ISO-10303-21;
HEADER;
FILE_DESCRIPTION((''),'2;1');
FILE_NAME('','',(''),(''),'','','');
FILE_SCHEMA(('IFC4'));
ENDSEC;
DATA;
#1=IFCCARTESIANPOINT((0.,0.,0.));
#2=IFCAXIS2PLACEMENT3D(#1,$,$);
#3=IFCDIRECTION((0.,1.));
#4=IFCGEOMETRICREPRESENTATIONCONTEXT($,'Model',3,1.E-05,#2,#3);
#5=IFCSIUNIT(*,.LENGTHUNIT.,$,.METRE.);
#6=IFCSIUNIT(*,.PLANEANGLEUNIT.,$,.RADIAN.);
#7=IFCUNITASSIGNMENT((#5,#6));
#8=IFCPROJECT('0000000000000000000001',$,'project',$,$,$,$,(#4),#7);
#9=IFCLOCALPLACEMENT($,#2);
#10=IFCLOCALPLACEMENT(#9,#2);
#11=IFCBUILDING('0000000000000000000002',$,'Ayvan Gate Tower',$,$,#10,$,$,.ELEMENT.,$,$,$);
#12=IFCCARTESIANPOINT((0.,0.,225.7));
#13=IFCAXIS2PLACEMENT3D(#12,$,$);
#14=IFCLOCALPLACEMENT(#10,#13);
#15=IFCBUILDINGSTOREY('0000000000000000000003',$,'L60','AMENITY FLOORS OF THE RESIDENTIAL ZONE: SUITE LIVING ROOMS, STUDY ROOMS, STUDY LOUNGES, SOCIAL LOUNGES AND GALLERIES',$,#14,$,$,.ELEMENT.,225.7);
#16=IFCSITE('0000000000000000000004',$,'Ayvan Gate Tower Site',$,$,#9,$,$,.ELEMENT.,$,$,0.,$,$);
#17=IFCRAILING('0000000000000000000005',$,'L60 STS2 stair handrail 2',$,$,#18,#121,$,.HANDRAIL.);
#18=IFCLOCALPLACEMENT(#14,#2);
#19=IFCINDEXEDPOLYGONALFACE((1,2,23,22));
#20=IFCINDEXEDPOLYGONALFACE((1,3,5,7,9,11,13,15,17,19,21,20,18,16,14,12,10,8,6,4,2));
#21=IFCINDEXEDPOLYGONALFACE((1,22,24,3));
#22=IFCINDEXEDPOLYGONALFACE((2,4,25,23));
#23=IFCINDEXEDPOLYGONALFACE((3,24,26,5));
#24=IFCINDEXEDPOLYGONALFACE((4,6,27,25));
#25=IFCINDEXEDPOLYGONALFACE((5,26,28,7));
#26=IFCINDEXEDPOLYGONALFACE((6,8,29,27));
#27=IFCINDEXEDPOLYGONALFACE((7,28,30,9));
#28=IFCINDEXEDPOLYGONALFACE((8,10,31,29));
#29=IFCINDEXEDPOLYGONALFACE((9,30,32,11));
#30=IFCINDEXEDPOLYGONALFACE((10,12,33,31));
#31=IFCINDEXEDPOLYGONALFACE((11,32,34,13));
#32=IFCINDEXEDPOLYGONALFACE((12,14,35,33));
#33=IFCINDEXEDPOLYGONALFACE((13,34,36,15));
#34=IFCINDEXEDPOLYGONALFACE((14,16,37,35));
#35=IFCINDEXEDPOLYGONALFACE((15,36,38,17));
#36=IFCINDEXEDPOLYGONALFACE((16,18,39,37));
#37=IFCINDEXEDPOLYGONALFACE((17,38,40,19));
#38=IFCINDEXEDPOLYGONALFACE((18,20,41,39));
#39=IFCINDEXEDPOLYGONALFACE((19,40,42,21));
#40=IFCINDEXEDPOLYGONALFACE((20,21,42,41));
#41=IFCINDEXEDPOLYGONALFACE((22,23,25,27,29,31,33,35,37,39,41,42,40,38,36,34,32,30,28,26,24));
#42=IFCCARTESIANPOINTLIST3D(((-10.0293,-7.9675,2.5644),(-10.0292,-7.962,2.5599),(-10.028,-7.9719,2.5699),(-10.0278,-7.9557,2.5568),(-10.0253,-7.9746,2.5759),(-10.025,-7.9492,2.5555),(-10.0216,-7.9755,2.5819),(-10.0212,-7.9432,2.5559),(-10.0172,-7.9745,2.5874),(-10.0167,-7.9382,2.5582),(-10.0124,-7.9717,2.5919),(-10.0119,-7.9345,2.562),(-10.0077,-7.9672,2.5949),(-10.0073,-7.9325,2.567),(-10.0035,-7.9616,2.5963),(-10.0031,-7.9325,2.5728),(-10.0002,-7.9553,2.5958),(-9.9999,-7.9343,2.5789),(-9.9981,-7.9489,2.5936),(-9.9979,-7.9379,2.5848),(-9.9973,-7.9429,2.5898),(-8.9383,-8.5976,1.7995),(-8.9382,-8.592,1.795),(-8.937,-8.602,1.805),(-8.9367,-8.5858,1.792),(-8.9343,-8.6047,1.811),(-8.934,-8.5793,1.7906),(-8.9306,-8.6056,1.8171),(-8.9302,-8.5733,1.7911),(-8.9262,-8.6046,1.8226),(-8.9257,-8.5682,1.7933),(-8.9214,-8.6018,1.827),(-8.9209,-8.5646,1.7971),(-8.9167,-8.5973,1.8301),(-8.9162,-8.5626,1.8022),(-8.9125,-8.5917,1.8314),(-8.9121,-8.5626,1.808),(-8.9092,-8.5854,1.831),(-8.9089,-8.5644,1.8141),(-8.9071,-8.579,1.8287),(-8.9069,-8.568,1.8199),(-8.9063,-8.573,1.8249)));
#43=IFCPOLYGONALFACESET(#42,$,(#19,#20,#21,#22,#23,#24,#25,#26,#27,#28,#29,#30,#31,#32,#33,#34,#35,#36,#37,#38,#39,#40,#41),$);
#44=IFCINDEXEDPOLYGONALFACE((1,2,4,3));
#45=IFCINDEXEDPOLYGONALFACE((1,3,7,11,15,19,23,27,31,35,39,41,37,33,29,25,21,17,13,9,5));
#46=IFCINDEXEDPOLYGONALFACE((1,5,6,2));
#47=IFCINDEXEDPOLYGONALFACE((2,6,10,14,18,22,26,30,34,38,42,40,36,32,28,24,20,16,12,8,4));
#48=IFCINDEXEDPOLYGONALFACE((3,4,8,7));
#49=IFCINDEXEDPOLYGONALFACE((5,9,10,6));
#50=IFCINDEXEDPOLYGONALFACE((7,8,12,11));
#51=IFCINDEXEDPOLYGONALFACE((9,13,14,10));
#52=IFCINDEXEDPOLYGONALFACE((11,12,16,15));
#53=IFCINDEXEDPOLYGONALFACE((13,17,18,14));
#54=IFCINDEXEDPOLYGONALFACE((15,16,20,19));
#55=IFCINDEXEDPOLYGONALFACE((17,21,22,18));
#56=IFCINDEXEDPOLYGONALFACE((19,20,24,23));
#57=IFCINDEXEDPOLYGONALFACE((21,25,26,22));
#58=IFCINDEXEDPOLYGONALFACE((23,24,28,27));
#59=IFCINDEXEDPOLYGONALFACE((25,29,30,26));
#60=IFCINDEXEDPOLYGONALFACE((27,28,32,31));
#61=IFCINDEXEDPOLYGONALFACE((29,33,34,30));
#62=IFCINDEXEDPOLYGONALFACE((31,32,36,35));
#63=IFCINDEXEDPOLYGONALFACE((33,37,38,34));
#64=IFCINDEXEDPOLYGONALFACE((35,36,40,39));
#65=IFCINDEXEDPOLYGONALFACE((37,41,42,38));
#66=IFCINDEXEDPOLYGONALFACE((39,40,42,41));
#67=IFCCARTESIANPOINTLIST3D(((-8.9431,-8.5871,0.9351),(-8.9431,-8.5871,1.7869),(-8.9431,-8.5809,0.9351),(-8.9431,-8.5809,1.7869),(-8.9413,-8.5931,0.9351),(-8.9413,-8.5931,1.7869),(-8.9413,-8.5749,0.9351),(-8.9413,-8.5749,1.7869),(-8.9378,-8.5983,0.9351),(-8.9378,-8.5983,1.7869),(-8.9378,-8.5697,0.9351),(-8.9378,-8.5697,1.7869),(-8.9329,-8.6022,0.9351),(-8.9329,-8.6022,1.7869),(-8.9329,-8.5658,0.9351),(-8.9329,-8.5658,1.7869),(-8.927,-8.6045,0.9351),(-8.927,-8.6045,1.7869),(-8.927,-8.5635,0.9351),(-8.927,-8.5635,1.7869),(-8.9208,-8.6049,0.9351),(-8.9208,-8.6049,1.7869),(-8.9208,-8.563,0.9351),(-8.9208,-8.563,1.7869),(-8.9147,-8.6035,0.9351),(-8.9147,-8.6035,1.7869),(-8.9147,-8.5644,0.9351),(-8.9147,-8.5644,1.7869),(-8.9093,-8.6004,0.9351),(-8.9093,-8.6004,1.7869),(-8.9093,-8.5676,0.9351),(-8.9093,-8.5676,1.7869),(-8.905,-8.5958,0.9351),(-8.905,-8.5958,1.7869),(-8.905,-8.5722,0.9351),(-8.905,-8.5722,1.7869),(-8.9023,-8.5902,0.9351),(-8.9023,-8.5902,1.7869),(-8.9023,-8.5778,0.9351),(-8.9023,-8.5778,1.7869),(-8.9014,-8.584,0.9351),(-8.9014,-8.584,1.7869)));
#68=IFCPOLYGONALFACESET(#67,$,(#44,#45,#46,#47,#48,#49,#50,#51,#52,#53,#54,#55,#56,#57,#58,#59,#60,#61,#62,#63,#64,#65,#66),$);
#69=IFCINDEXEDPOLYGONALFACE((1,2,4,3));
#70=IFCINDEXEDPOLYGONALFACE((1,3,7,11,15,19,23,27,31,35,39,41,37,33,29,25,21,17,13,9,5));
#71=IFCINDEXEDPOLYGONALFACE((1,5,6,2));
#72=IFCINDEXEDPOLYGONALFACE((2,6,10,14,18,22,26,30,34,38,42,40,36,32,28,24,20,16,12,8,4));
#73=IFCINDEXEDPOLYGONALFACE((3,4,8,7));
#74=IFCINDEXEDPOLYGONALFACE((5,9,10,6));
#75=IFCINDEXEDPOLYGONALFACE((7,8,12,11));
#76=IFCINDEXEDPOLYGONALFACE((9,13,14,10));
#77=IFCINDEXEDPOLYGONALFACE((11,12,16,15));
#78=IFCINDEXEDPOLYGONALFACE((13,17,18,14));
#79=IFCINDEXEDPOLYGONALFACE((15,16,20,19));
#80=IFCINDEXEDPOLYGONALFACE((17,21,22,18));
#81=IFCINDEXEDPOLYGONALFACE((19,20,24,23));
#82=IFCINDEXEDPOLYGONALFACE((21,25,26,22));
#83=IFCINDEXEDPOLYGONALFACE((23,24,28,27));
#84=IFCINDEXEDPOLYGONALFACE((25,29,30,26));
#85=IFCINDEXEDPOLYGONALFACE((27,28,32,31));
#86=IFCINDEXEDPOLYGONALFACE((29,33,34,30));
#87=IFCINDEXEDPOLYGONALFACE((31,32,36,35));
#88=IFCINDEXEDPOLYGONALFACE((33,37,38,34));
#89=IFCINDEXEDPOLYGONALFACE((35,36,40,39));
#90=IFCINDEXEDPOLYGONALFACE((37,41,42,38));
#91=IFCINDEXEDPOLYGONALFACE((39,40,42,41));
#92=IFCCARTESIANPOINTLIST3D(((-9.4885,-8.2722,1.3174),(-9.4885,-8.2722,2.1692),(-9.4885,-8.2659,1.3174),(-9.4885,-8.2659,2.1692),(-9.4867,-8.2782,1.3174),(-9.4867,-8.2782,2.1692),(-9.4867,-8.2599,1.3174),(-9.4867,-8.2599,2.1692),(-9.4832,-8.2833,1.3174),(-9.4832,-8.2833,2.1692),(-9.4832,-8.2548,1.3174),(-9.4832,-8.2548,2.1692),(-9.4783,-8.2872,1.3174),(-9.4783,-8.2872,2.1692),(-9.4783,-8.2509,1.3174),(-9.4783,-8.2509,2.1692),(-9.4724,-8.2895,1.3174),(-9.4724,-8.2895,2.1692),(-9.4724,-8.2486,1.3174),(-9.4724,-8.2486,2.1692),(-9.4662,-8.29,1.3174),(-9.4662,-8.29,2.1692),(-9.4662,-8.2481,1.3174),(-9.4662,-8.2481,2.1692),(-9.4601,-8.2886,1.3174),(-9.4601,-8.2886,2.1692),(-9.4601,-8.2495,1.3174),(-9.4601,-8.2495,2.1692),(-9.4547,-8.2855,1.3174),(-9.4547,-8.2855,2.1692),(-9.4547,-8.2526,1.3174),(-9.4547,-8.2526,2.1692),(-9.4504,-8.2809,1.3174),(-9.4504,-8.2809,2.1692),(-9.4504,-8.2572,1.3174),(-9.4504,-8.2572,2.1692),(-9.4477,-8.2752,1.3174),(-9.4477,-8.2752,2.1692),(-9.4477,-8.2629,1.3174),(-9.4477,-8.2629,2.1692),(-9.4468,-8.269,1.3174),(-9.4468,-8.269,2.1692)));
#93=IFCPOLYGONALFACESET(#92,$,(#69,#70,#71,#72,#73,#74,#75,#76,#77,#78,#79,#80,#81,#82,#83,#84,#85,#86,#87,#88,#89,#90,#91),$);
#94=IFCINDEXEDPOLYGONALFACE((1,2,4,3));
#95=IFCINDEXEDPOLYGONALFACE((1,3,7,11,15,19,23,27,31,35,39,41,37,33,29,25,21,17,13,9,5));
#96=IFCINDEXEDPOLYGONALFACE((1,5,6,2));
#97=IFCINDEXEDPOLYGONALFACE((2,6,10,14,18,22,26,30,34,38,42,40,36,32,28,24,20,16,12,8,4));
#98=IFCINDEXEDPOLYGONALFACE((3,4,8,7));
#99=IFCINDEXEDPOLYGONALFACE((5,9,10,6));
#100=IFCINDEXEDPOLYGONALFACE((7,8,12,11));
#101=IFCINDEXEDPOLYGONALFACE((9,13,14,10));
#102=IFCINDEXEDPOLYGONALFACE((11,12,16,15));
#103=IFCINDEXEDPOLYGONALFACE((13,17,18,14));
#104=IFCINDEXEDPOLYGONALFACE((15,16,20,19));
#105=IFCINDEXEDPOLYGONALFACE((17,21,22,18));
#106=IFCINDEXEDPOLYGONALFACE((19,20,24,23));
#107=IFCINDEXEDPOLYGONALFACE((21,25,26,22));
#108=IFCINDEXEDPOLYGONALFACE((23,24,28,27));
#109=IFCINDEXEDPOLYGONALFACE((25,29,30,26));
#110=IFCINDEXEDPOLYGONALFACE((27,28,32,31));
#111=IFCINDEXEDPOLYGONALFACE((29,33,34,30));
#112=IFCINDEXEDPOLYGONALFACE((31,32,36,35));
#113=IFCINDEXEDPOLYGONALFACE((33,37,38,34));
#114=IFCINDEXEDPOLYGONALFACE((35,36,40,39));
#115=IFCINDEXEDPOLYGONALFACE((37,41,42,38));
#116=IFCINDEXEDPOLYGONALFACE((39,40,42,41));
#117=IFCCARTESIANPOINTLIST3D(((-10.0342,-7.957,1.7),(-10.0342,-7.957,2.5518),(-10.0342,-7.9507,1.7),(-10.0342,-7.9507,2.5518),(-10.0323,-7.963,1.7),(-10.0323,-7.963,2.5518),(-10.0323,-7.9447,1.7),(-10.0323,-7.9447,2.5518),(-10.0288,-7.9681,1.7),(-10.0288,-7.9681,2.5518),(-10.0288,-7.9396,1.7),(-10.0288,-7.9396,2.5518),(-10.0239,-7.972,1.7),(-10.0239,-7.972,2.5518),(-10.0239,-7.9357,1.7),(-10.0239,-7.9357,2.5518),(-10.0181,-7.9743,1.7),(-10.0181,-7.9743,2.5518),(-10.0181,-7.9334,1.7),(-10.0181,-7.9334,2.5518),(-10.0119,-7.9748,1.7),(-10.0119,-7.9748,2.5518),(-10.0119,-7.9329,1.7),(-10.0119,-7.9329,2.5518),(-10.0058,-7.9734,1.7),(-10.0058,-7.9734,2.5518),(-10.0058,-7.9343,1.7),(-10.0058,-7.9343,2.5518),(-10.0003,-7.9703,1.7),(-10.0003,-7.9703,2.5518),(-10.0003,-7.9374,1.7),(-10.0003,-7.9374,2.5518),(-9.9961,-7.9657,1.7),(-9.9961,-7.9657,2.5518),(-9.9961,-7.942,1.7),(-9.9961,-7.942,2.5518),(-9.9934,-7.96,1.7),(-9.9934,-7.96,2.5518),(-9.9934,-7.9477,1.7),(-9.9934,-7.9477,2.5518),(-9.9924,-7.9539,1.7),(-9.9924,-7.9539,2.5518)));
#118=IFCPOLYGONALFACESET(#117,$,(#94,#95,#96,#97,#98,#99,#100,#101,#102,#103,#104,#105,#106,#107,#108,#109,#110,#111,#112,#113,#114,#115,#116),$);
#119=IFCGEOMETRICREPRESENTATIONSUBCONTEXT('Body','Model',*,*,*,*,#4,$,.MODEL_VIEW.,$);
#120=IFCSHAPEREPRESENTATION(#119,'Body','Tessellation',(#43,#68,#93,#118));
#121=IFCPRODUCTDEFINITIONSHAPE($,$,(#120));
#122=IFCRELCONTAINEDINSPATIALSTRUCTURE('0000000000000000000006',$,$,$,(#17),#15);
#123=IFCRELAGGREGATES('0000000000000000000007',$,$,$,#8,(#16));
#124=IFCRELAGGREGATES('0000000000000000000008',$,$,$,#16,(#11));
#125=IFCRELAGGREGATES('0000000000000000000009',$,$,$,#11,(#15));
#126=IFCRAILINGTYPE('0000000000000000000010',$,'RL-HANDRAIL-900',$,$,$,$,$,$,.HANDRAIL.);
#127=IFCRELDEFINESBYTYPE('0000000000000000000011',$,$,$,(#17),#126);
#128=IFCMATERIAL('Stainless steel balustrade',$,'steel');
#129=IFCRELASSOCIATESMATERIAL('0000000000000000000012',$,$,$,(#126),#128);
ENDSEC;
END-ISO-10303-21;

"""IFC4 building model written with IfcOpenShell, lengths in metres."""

from ifc_helpers import new_model, si_unit, direction, frame, origin, origin_2d, place, context, subcontext, project, spatial, circle, extrude, material, type_object, element, save


model = new_model("IFC4")

# Units and contexts
model_context = context("Model", 3, precision=1e-05, world=origin(), true_north=direction((0.0, 1.0)))
body_context = subcontext(model_context, "Body", "Model", "MODEL_VIEW")
ifc_project = project(units=[si_unit("LENGTHUNIT", "METRE"), si_unit("PLANEANGLEUNIT", "RADIAN")], contexts=[model_context])

# Site, building, storey
site_placement = place(None, origin())
site = spatial("IfcSite", under=ifc_project, at=site_placement, Name="Ayvan Gate Tower Site", CompositionType="ELEMENT", RefElevation=0.0)
building_placement = place(site_placement, origin())
building = spatial("IfcBuilding", under=site, at=building_placement, Name="Ayvan Gate Tower", CompositionType="ELEMENT")
storey_placement = place(building_placement, frame((0.0, 0.0, 225.7)))
storey = spatial("IfcBuildingStorey", under=building, at=storey_placement, Name="L60", Description="AMENITY FLOORS OF THE RESIDENTIAL ZONE: SUITE LIVING ROOMS, STUDY ROOMS, STUDY LOUNGES, SOCIAL LOUNGES AND GALLERIES", CompositionType="ELEMENT", Elevation=225.7)

# Railing
ifc_material_1 = material(Name="Stainless steel balustrade", Category="steel")
railing_type_1 = type_object("IfcRailingType", Name="RL-HANDRAIL-900", PredefinedType="HANDRAIL", material=ifc_material_1)
railing_1_placement = place(storey_placement, frame((-8.9224, -8.584, 0.9351)))
element("IfcRailing", 1, at=railing_1_placement, inside=storey, type_object=railing_type_1, Name="L60 STS2 stair handrail 2", PredefinedType="HANDRAIL", context=body_context, shape_type="SweptSolid", body=[
    extrude(circle(Radius=0.0239, at=origin_2d()), frame((0.0, 0.0, 0.876), z_axis=(-0.740229, 0.427508, 0.518939), x_axis=(-0.500119, -0.865956, 0.0)), (0.0, 0.0, 1.0), 1.4739),
    extrude(circle(Radius=0.021, at=origin_2d()), origin(), (0.0, 0.0, 1.0), 0.8518),
    extrude(circle(Radius=0.021, at=origin_2d()), frame((-0.5454, 0.3149, 0.3823)), (0.0, 0.0, 1.0), 0.8518),
    extrude(circle(Radius=0.021, at=origin_2d()), frame((-1.0911, 0.6301, 0.7649)), (0.0, 0.0, 1.0), 0.8518),
])

save(model, "model.ifc")
